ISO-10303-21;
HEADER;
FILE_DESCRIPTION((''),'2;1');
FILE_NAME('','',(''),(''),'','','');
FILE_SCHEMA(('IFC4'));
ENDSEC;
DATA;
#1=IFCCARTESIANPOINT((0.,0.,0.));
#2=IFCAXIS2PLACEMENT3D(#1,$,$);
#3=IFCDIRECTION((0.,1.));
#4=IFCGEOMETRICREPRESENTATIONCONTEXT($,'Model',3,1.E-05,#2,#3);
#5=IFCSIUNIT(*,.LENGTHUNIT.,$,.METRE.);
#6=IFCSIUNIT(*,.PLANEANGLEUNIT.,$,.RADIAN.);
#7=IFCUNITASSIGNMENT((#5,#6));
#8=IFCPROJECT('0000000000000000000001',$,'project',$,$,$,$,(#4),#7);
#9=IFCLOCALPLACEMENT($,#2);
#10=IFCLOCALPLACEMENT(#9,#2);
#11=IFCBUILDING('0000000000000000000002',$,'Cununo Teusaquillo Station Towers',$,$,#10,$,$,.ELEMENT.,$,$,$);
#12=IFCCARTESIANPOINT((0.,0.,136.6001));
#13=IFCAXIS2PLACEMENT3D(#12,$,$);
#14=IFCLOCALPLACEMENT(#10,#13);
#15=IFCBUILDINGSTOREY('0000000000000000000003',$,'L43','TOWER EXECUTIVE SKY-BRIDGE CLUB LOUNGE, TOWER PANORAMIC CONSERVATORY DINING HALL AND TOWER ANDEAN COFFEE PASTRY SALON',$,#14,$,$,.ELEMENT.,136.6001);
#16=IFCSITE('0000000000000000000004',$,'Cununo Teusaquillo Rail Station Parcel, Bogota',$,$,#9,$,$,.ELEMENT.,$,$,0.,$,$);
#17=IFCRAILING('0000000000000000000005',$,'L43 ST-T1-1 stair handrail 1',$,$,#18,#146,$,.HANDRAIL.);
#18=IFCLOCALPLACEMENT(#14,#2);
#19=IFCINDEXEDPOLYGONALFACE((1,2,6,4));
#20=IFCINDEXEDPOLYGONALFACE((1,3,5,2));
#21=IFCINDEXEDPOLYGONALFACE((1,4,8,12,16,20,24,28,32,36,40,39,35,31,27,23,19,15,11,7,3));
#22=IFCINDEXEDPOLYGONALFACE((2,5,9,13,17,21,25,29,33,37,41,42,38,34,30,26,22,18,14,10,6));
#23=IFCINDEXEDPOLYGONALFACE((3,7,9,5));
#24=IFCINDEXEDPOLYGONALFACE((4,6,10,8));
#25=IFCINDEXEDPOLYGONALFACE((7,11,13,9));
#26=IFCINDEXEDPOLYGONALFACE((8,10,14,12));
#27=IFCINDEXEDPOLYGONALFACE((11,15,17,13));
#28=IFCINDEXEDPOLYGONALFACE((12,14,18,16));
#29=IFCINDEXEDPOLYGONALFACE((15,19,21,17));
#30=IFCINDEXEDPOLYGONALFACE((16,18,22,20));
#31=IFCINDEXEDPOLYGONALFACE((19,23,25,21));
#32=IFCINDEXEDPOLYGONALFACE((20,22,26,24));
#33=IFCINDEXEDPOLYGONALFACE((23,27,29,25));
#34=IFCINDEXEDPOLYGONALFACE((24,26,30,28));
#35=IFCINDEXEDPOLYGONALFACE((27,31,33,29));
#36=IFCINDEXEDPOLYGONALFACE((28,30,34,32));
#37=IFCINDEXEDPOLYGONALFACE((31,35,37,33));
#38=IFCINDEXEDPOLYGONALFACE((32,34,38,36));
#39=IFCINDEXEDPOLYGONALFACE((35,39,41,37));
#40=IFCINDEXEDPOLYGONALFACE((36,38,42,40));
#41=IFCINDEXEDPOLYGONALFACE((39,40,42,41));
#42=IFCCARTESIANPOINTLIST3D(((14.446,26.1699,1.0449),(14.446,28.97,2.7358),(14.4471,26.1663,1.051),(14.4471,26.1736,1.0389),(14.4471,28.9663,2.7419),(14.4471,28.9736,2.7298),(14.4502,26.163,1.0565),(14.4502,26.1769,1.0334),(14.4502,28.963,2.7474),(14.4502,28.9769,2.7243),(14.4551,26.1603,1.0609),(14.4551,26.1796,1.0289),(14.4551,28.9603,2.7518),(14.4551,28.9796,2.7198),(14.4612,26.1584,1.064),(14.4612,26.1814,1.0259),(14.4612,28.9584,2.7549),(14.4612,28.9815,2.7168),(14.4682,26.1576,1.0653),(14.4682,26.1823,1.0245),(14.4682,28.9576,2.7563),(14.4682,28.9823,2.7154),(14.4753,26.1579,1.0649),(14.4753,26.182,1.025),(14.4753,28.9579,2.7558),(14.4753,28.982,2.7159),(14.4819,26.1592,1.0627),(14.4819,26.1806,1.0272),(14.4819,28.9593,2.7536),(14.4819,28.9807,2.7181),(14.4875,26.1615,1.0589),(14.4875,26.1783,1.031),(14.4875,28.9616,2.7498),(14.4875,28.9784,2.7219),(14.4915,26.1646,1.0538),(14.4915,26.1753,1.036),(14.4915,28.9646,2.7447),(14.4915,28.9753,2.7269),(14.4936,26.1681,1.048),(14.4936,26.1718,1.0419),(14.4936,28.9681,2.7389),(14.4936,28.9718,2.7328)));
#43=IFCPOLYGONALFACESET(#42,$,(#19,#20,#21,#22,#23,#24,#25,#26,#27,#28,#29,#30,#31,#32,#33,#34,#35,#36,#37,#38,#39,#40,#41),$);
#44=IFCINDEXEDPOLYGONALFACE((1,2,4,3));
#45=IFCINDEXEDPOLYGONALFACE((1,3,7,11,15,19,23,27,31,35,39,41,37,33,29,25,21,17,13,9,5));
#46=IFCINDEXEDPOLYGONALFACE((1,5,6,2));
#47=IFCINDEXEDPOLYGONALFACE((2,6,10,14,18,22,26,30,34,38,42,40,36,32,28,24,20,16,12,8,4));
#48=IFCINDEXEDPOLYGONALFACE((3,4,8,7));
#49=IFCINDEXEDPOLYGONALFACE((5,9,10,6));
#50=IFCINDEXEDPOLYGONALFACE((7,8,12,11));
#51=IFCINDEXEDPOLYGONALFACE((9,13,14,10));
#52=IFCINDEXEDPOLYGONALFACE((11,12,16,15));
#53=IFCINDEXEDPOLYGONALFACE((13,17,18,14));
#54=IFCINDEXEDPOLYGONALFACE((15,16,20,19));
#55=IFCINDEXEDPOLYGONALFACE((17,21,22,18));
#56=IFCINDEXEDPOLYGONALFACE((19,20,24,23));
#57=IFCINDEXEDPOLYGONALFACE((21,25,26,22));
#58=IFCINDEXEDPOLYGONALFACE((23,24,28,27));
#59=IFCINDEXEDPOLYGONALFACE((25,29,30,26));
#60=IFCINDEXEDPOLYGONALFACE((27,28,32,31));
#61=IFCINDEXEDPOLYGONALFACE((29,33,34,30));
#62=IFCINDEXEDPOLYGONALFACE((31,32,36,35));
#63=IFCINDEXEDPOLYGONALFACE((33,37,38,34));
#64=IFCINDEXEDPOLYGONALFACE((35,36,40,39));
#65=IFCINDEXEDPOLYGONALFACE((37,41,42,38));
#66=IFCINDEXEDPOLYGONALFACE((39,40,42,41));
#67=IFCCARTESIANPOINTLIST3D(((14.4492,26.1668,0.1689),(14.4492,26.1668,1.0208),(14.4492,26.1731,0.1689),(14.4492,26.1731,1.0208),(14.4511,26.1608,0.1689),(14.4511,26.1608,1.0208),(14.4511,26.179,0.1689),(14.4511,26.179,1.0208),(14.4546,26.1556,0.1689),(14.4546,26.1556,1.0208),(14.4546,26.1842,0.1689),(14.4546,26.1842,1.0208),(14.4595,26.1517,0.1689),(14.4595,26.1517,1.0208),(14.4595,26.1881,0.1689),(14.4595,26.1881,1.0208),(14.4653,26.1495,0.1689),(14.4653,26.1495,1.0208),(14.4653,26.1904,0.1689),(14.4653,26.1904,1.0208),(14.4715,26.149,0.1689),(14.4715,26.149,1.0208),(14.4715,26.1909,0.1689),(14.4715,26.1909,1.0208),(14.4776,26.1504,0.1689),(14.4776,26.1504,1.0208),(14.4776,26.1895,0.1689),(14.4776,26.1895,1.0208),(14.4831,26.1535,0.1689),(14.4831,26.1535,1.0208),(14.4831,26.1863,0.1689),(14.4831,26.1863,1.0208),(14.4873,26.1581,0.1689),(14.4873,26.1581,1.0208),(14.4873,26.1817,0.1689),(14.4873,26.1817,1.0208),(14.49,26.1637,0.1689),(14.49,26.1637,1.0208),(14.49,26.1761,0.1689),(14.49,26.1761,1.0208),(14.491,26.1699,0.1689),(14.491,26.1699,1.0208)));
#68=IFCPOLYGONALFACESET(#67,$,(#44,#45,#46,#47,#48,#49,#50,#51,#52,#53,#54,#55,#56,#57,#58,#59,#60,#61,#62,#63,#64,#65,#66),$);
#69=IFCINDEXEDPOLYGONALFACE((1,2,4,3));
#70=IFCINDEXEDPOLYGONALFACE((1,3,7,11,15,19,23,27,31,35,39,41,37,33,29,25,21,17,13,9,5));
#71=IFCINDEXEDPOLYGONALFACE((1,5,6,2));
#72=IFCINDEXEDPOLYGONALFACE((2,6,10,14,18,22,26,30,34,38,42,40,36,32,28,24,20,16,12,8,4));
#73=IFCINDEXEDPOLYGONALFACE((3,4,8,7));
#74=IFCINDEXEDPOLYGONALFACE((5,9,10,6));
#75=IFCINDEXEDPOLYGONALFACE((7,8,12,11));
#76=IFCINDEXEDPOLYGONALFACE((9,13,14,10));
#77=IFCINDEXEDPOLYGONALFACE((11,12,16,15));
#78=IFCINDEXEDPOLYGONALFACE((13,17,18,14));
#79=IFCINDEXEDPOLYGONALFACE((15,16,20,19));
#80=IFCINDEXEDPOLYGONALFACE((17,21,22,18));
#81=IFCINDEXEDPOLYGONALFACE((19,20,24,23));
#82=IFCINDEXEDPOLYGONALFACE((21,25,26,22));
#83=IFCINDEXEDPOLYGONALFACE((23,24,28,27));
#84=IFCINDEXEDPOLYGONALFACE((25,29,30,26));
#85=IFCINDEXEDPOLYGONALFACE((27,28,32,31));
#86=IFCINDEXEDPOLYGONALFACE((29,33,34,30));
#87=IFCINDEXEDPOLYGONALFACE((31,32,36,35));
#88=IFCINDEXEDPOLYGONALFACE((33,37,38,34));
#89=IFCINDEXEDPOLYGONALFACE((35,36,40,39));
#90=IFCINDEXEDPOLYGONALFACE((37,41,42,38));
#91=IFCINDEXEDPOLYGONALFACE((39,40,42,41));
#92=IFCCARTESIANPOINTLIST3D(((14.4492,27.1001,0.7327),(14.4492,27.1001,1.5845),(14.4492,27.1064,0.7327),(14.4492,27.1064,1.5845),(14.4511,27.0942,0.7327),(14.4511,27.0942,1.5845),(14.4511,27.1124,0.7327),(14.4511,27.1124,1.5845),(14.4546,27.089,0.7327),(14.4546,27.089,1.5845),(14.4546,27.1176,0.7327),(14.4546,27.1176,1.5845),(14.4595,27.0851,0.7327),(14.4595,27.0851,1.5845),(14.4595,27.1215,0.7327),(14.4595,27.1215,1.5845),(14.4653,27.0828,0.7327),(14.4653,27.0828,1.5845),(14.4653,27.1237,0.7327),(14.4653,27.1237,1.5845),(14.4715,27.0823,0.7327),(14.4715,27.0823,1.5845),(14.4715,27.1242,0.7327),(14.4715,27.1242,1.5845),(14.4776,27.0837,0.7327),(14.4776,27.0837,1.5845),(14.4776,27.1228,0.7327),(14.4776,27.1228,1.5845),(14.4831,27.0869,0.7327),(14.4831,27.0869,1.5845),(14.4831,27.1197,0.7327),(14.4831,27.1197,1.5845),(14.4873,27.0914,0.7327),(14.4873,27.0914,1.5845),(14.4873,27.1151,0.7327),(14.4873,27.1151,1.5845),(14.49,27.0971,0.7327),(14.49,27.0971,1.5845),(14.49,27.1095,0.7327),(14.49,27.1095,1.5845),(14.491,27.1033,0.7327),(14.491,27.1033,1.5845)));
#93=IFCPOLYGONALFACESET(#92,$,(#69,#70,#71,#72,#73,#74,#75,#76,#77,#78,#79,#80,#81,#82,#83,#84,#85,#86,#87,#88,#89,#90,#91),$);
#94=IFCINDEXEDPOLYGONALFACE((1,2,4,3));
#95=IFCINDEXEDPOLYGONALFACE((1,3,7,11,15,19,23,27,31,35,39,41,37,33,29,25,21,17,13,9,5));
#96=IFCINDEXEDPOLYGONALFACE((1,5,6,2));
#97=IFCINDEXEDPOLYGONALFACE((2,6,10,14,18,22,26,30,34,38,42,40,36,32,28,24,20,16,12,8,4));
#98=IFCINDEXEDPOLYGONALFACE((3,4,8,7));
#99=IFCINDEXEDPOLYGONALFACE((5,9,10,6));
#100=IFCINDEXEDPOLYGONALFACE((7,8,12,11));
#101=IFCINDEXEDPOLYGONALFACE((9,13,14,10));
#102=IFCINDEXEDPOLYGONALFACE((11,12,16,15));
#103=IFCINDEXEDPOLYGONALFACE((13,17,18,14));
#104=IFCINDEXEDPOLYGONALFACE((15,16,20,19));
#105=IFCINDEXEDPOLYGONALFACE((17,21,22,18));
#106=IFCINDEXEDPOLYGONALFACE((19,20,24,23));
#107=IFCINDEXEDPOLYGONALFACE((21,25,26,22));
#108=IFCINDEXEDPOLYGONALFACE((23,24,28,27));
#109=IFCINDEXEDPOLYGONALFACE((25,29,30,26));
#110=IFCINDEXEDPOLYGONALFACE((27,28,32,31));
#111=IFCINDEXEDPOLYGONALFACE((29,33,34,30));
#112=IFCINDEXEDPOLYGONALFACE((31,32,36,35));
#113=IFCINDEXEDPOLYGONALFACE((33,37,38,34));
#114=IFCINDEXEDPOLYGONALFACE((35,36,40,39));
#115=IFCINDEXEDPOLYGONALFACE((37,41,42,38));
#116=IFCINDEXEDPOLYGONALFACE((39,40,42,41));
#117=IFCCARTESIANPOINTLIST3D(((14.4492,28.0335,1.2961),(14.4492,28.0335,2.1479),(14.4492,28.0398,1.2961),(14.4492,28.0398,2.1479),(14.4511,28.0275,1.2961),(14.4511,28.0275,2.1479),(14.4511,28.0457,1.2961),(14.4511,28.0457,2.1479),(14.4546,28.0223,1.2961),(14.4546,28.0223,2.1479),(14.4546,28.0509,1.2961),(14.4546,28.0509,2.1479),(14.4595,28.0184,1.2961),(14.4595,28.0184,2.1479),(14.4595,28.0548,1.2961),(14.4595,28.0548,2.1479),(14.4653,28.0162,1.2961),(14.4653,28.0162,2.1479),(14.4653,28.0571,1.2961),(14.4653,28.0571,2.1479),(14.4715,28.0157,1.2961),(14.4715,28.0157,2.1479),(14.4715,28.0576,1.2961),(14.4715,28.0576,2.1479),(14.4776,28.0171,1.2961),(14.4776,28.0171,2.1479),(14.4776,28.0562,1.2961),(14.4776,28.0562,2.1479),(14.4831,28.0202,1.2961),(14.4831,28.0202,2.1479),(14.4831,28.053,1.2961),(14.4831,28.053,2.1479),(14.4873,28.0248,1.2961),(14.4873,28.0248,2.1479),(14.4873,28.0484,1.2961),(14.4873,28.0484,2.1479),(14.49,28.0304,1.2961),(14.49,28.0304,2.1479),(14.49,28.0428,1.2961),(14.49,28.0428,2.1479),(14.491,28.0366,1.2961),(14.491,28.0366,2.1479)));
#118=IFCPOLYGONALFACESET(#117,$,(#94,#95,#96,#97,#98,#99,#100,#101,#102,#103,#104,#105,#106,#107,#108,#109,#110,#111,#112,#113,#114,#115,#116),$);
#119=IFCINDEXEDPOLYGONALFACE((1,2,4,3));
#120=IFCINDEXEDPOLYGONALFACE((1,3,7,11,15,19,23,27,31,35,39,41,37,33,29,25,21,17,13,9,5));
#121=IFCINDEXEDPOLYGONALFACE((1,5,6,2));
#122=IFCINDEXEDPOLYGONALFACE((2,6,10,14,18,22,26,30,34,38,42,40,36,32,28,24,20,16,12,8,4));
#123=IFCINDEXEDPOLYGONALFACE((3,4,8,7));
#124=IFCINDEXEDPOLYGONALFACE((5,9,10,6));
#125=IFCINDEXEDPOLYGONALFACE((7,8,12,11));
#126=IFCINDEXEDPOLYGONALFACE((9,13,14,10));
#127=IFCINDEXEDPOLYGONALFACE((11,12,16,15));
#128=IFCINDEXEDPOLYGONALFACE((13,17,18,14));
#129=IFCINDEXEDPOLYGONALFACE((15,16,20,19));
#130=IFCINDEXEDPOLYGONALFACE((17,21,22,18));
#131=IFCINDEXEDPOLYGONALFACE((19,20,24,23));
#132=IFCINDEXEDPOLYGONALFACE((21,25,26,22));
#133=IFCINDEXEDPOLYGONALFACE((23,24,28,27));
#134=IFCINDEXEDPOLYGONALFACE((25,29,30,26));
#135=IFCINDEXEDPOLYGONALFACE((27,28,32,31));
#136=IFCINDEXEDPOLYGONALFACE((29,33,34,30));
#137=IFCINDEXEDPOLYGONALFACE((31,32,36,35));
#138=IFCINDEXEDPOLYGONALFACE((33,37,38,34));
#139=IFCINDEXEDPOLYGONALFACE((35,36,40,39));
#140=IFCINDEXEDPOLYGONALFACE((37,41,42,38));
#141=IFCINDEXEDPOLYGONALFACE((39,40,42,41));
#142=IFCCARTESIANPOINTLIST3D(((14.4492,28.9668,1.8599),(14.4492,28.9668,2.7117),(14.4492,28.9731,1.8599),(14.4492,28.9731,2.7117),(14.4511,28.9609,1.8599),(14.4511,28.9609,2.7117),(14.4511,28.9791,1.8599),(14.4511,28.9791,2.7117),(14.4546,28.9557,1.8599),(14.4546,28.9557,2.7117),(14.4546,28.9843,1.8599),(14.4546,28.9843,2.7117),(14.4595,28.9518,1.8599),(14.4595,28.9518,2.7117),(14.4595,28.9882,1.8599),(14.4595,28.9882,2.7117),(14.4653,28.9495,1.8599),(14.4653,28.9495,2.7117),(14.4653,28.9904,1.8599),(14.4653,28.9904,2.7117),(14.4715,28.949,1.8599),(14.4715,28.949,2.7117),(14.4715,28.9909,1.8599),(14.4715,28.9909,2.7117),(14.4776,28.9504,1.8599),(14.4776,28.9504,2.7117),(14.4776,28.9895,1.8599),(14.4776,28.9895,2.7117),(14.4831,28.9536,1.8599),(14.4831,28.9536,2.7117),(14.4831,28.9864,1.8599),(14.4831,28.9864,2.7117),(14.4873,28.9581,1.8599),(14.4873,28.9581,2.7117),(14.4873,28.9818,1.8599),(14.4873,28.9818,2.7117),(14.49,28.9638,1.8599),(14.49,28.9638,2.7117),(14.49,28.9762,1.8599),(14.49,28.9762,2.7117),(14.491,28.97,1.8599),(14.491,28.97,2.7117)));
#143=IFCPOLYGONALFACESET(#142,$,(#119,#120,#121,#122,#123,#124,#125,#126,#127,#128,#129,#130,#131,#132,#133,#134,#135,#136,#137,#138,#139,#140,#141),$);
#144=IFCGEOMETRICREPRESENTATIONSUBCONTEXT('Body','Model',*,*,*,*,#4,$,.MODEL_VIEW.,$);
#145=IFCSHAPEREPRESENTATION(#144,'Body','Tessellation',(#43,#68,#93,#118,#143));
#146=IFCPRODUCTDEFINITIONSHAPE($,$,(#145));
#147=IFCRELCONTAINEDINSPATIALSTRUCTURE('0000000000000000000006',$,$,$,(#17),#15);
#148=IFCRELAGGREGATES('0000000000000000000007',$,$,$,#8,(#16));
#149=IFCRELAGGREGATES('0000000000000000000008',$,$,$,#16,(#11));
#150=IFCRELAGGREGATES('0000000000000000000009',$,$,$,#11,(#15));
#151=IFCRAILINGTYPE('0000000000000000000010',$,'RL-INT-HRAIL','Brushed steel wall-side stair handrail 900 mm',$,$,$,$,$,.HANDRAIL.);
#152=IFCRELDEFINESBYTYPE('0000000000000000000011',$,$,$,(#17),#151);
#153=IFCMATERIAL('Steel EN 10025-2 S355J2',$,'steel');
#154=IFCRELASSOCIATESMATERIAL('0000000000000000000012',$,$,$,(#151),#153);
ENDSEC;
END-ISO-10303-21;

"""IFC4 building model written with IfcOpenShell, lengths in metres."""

from ifc_helpers import new_model, si_unit, direction, frame, origin, origin_2d, place, context, subcontext, project, spatial, circle, extrude, material, type_object, element, save


model = new_model("IFC4")

# Units and contexts
model_context = context("Model", 3, precision=1e-05, world=origin(), true_north=direction((0.0, 1.0)))
body_context = subcontext(model_context, "Body", "Model", "MODEL_VIEW")
ifc_project = project(units=[si_unit("LENGTHUNIT", "METRE"), si_unit("PLANEANGLEUNIT", "RADIAN")], contexts=[model_context])

# Site, building, storey
site_placement = place(None, origin())
site = spatial("IfcSite", under=ifc_project, at=site_placement, Name="Cununo Teusaquillo Rail Station Parcel, Bogota", CompositionType="ELEMENT", RefElevation=0.0)
building_placement = place(site_placement, origin())
building = spatial("IfcBuilding", under=site, at=building_placement, Name="Cununo Teusaquillo Station Towers", CompositionType="ELEMENT")
storey_placement = place(building_placement, frame((0.0, 0.0, 136.6001)))
storey = spatial("IfcBuildingStorey", under=building, at=storey_placement, Name="L43", Description="TOWER EXECUTIVE SKY-BRIDGE CLUB LOUNGE, TOWER PANORAMIC CONSERVATORY DINING HALL AND TOWER ANDEAN COFFEE PASTRY SALON", CompositionType="ELEMENT", Elevation=136.6001)

# Railing
ifc_material_1 = material(Name="Steel EN 10025-2 S355J2", Category="steel")
railing_type_1 = type_object("IfcRailingType", Name="RL-INT-HRAIL", Description="Brushed steel wall-side stair handrail 900 mm", PredefinedType="HANDRAIL", material=ifc_material_1)
railing_1_placement = place(storey_placement, frame((14.47, 26.1699, 0.1689)))
element("IfcRailing", 1, at=railing_1_placement, inside=storey, type_object=railing_type_1, Name="L43 ST-T1-1 stair handrail 1", PredefinedType="HANDRAIL", context=body_context, shape_type="SweptSolid", body=[
    extrude(circle(Radius=0.0239, at=origin_2d()), frame((0.0, 0.0, 0.876), z_axis=(0.0, 0.856021, 0.516941), x_axis=(-1.0, 0.0, 0.0)), (0.0, 0.0, 1.0), 3.271),
    extrude(circle(Radius=0.021, at=origin_2d()), origin(), (0.0, 0.0, 1.0), 0.8518),
    extrude(circle(Radius=0.021, at=origin_2d()), frame((0.0, 0.9333, 0.5637)), (0.0, 0.0, 1.0), 0.8518),
    extrude(circle(Radius=0.021, at=origin_2d()), frame((0.0, 1.8667, 1.1272)), (0.0, 0.0, 1.0), 0.8518),
    extrude(circle(Radius=0.021, at=origin_2d()), frame((0.0, 2.8, 1.6909)), (0.0, 0.0, 1.0), 0.8518),
])

save(model, "model.ifc")
